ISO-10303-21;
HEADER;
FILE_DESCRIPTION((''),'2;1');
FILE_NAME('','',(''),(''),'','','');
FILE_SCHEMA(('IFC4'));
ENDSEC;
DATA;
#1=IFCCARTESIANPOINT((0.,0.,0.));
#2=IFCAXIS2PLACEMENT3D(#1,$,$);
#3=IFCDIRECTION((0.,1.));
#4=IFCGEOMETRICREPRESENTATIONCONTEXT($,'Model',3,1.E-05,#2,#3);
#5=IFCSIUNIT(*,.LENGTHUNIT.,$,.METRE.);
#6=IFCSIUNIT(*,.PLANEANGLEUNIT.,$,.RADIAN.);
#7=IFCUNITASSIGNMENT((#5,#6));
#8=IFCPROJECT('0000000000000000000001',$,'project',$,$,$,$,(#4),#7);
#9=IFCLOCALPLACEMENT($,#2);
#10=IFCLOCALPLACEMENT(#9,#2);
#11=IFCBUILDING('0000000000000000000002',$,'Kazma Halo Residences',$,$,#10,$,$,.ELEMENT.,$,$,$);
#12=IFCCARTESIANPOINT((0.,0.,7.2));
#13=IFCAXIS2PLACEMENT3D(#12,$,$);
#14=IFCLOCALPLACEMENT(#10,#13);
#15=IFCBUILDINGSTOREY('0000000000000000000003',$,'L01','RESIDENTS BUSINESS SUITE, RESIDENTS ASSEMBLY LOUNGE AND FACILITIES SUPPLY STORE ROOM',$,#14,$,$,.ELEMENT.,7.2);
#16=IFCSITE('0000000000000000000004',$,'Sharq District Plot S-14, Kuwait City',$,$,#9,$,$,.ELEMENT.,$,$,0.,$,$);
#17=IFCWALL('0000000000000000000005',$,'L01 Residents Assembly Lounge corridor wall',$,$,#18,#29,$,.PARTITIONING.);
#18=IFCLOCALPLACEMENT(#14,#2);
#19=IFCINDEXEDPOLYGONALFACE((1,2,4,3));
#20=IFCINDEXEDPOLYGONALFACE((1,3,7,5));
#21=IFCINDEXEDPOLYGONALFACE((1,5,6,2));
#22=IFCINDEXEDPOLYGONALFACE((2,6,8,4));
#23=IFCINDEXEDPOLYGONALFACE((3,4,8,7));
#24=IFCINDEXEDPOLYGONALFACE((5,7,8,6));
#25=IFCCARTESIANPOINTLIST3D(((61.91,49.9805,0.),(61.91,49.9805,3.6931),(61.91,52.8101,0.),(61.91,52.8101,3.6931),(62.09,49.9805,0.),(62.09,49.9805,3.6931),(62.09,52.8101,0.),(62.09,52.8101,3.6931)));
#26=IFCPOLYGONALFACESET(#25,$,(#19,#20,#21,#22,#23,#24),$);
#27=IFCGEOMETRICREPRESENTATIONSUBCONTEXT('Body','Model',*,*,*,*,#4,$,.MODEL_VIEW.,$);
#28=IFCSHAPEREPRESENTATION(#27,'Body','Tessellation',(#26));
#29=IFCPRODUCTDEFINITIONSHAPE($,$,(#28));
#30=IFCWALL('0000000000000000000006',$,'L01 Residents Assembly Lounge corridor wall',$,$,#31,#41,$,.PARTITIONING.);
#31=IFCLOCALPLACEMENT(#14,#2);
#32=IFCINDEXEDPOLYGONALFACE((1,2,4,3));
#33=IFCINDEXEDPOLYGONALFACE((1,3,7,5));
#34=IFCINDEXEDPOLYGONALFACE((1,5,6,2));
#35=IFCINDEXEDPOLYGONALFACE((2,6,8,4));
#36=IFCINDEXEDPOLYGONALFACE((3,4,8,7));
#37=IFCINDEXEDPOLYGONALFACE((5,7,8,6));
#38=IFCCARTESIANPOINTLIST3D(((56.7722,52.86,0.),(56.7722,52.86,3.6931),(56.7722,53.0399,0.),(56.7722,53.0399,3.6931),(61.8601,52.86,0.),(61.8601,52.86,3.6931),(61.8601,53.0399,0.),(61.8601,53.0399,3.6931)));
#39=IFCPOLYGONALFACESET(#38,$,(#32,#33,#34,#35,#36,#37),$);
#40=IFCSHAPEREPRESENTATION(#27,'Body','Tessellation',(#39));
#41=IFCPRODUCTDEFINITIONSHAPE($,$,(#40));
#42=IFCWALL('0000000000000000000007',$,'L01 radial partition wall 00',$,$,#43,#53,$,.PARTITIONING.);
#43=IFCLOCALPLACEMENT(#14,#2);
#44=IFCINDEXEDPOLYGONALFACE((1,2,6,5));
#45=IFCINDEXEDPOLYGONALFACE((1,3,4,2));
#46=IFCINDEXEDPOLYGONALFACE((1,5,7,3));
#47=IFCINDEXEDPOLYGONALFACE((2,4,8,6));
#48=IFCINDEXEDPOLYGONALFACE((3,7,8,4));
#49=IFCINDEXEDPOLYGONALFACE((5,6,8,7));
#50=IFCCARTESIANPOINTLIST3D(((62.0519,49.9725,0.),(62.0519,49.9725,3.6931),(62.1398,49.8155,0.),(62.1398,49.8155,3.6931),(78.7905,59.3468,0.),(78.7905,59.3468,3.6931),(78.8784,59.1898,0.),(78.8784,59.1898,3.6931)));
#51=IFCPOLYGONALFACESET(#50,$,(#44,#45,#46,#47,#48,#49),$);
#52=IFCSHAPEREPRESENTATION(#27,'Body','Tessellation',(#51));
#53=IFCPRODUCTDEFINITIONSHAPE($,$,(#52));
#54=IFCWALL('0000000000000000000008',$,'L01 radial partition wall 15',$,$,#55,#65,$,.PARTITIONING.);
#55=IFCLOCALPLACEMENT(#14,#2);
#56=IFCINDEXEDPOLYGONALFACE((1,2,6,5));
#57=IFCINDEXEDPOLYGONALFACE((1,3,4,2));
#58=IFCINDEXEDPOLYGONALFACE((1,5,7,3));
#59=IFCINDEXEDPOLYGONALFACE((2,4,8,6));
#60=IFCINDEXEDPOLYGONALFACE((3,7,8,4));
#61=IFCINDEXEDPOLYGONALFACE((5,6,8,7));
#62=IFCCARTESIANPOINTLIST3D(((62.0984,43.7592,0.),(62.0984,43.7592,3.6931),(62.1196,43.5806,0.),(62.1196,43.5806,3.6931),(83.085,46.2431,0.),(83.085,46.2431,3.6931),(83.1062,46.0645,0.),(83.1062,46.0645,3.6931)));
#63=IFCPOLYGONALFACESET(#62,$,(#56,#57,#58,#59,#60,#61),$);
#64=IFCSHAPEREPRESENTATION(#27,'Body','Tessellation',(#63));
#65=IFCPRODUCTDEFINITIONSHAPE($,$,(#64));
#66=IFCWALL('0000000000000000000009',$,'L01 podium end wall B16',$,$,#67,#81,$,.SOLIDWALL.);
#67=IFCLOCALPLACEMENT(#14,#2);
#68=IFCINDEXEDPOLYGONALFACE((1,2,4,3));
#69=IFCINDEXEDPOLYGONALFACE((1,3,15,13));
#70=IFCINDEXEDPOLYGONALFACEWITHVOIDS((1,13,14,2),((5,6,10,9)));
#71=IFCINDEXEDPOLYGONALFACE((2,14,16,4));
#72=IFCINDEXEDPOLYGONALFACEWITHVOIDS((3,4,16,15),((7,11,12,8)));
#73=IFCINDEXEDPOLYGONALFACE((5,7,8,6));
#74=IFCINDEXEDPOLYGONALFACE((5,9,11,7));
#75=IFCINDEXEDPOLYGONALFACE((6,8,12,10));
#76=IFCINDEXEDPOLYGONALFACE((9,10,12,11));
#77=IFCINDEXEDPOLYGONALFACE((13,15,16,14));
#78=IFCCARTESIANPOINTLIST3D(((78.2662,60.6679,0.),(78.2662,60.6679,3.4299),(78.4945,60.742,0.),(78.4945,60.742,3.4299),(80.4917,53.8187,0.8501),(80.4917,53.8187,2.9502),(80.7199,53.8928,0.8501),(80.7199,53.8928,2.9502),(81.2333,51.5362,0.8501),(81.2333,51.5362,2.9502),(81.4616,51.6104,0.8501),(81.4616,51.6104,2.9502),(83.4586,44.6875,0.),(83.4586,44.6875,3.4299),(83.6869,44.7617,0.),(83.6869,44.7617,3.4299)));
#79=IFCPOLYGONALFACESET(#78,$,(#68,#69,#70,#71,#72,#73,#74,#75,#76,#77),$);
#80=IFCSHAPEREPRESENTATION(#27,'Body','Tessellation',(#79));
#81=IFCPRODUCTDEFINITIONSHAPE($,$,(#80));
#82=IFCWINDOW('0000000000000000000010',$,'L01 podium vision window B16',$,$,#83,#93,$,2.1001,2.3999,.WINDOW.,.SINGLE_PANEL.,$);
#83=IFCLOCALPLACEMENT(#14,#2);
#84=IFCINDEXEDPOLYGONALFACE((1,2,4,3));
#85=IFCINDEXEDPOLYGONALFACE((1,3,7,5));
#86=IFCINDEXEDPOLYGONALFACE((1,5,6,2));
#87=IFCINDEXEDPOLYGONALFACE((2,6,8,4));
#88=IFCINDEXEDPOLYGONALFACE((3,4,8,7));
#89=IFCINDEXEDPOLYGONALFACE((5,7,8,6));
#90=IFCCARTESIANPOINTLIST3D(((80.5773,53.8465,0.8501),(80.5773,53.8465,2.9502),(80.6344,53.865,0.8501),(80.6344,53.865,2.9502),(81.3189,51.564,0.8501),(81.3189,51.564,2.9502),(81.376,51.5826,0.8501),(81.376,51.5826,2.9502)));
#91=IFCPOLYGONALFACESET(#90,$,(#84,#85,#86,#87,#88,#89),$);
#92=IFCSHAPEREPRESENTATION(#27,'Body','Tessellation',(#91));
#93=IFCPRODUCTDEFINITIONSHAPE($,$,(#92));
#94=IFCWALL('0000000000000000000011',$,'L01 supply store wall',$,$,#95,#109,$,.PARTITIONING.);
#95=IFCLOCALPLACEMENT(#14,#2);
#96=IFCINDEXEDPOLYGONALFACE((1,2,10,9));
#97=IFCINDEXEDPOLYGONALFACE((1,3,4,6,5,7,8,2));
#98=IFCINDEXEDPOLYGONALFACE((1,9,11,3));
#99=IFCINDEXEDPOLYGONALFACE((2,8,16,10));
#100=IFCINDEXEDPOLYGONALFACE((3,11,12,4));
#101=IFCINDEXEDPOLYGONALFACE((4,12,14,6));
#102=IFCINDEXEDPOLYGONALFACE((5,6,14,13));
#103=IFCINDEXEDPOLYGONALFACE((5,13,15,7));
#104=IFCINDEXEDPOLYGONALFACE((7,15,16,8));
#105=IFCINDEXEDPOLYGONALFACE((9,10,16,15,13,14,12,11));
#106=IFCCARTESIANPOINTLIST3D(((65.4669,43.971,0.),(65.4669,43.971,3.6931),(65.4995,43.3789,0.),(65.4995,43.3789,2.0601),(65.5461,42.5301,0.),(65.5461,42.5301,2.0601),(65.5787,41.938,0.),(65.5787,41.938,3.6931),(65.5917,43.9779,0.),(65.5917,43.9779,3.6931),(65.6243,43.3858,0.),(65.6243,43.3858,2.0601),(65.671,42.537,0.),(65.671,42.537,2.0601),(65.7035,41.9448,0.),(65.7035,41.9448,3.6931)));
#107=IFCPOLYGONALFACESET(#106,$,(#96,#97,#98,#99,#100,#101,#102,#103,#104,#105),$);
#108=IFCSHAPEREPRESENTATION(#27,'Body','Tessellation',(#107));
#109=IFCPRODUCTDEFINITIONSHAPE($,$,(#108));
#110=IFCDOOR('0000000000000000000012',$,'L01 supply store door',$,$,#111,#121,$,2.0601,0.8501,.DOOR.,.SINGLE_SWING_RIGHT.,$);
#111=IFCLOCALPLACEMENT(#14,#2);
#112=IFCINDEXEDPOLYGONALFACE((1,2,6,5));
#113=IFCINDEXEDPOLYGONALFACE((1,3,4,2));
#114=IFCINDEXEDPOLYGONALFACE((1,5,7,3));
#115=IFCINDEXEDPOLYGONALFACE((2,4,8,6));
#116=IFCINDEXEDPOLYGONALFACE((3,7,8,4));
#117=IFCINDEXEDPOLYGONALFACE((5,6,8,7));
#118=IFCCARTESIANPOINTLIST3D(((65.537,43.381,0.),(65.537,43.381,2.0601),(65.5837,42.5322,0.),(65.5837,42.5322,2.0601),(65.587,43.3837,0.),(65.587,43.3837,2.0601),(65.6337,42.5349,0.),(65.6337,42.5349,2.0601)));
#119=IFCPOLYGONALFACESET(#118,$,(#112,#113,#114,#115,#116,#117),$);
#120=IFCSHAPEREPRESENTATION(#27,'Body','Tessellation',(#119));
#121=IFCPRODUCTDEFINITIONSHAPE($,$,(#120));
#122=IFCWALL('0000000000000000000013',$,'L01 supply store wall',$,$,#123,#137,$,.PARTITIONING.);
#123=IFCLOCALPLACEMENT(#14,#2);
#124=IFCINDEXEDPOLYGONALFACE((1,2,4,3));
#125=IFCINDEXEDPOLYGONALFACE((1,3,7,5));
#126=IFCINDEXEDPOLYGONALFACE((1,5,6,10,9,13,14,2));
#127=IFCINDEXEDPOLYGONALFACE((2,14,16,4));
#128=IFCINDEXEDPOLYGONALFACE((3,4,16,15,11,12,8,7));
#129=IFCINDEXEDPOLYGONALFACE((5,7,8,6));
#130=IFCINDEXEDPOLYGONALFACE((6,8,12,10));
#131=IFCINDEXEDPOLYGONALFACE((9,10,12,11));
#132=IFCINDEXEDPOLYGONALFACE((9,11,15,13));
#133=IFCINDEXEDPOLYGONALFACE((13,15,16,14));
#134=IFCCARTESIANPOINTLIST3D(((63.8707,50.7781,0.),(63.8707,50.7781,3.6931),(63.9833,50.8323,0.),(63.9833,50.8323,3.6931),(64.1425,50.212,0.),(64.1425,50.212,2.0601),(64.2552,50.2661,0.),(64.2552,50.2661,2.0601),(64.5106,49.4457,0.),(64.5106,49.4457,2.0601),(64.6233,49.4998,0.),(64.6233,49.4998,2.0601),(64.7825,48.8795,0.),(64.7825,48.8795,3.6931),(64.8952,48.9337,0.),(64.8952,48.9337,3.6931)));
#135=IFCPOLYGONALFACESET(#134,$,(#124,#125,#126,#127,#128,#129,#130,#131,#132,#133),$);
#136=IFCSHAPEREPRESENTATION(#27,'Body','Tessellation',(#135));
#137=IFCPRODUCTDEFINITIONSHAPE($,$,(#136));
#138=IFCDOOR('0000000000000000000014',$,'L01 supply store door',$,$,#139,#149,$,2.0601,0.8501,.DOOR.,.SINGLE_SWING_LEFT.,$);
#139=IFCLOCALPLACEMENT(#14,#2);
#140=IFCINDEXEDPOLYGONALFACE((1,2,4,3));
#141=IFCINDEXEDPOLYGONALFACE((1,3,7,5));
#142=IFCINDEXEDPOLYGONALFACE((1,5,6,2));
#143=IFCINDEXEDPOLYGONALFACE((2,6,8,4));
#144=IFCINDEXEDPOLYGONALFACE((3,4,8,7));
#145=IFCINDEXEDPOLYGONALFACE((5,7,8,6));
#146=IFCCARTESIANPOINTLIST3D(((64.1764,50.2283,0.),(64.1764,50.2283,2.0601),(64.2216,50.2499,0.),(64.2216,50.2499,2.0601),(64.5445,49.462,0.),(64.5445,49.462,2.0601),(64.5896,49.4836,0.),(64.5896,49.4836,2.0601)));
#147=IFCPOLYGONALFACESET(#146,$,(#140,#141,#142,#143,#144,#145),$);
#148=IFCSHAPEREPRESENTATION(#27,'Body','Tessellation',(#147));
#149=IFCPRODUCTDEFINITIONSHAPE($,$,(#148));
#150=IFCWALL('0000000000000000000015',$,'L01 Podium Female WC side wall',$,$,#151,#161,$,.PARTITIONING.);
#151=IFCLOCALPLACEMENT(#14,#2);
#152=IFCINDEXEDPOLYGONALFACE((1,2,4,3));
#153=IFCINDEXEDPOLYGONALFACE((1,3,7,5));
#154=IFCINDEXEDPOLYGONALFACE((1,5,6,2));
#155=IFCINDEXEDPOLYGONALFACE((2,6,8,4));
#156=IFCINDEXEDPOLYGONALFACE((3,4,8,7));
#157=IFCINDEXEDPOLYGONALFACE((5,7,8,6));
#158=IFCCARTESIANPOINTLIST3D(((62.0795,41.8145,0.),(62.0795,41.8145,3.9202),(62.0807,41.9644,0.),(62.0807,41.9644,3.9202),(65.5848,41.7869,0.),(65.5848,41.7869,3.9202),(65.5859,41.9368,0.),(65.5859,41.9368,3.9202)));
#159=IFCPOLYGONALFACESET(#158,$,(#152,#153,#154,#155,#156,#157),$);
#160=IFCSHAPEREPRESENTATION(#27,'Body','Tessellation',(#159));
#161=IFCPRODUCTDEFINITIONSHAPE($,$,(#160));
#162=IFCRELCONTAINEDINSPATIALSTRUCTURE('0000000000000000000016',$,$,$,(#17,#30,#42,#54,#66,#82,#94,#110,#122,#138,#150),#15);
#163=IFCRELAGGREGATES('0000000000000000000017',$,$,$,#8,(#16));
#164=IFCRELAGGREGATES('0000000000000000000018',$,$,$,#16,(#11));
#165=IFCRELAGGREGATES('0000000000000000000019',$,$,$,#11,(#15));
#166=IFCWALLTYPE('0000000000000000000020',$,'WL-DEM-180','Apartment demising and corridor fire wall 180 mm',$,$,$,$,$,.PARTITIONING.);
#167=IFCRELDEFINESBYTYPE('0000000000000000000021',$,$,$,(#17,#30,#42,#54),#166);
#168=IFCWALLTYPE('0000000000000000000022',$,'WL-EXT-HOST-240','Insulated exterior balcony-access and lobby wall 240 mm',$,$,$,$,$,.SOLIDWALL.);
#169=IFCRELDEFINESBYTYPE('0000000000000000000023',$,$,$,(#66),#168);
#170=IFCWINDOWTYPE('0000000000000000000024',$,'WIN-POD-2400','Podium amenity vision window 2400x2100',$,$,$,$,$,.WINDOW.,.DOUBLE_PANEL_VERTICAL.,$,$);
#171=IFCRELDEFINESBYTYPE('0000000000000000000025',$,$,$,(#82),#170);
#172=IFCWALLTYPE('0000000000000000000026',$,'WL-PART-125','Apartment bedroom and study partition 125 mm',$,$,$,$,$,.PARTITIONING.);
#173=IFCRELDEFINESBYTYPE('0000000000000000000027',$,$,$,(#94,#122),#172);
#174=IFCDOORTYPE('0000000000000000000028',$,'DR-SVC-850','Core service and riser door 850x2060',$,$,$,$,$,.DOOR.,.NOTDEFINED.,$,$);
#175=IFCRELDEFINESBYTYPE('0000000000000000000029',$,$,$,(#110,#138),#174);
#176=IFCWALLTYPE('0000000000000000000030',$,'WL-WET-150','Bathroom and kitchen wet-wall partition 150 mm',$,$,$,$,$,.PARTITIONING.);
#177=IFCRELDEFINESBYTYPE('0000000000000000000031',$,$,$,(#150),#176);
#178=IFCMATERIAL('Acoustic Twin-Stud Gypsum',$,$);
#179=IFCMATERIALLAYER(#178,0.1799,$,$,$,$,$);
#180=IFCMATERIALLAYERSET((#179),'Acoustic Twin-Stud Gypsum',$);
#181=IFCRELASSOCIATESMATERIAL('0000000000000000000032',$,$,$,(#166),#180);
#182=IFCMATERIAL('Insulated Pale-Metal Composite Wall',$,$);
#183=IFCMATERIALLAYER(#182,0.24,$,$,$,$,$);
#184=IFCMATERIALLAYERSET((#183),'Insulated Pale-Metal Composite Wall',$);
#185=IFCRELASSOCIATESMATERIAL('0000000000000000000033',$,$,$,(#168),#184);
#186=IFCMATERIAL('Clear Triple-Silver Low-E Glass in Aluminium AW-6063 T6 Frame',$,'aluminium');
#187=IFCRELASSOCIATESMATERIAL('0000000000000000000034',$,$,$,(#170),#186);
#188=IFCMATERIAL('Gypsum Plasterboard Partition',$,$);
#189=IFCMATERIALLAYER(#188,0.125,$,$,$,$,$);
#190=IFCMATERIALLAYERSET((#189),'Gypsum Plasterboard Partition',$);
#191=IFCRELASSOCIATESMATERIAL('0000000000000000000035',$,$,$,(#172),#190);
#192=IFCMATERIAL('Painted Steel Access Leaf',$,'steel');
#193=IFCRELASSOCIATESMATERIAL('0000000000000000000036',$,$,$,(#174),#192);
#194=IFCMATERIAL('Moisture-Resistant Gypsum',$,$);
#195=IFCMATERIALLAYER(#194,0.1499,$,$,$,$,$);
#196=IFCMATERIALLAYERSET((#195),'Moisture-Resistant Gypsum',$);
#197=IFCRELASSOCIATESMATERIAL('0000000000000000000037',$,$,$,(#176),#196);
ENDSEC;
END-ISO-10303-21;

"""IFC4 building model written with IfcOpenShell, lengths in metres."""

from ifc_helpers import new_model, si_unit, direction, frame, frame_2d, origin, place, context, subcontext, project, spatial, rectangle, extrude, material, layer, layer_set, type_object, element, fill, save


model = new_model("IFC4")

# Units and contexts
model_context = context("Model", 3, precision=1e-05, world=origin(), true_north=direction((0.0, 1.0)))
body_context = subcontext(model_context, "Body", "Model", "MODEL_VIEW")
ifc_project = project(units=[si_unit("LENGTHUNIT", "METRE"), si_unit("PLANEANGLEUNIT", "RADIAN")], contexts=[model_context])

# Site, building, storey
site_placement = place(None, origin())
site = spatial("IfcSite", under=ifc_project, at=site_placement, Name="Sharq District Plot S-14, Kuwait City", CompositionType="ELEMENT", RefElevation=0.0)
building_placement = place(site_placement, origin())
building = spatial("IfcBuilding", under=site, at=building_placement, Name="Kazma Halo Residences", CompositionType="ELEMENT")
storey_placement = place(building_placement, frame((0.0, 0.0, 7.2)))
storey = spatial("IfcBuildingStorey", under=building, at=storey_placement, Name="L01", Description="RESIDENTS BUSINESS SUITE, RESIDENTS ASSEMBLY LOUNGE AND FACILITIES SUPPLY STORE ROOM", CompositionType="ELEMENT", Elevation=7.2)

# Walls
ifc_material_1 = material(Name="Acoustic Twin-Stud Gypsum")
ifc_layer_1 = layer(ifc_material_1, 0.1799)
ifc_layer_set_1 = layer_set([ifc_layer_1], Name="Acoustic Twin-Stud Gypsum")
wall_type_1 = type_object("IfcWallType", Name="WL-DEM-180", Description="Apartment demising and corridor fire wall 180 mm", PredefinedType="PARTITIONING", material=ifc_layer_set_1)
wall_1_placement = place(storey_placement, frame((62.0, 49.9805, 0.0), z_axis=(0.0, 0.0, 1.0), x_axis=(0.0, 1.0, 0.0)))
element("IfcWall", 1, at=wall_1_placement, inside=storey, type_object=wall_type_1, Name="L01 Residents Assembly Lounge corridor wall", PredefinedType="PARTITIONING", context=body_context, shape_type="SweptSolid", body=[
    extrude(rectangle(XDim=2.8296, YDim=0.1799, at=frame_2d((1.4148, 0.0))), origin(), (0.0, 0.0, 1.0), 3.6931),
])
wall_2_placement = place(storey_placement, frame((61.8601, 52.95, 0.0), z_axis=(0.0, 0.0, 1.0), x_axis=(-1.0, 0.0, 0.0)))
element("IfcWall", 2, at=wall_2_placement, inside=storey, type_object=wall_type_1, Name="L01 Residents Assembly Lounge corridor wall", PredefinedType="PARTITIONING", context=body_context, shape_type="SweptSolid", body=[
    extrude(rectangle(XDim=5.0879, YDim=0.1799, at=frame_2d((2.5439, 0.0))), origin(), (0.0, 0.0, 1.0), 3.6931),
])
wall_3_placement = place(storey_placement, frame((62.0959, 49.894, 0.0), z_axis=(0.0, 0.0, 1.0), x_axis=(0.872491, 0.488631, 0.0)))
element("IfcWall", 3, at=wall_3_placement, inside=storey, type_object=wall_type_1, Name="L01 radial partition wall 00", PredefinedType="PARTITIONING", context=body_context, shape_type="SweptSolid", body=[
    extrude(rectangle(XDim=19.1848, YDim=0.1799, at=frame_2d((9.5923, 0.0))), origin(), (0.0, 0.0, 1.0), 3.6931),
])
wall_4_placement = place(storey_placement, frame((62.1091, 43.6699, 0.0), z_axis=(0.0, 0.0, 1.0), x_axis=(0.993069, 0.117536, 0.0)))
element("IfcWall", 4, at=wall_4_placement, inside=storey, type_object=wall_type_1, Name="L01 radial partition wall 15", PredefinedType="PARTITIONING", context=body_context, shape_type="SweptSolid", body=[
    extrude(rectangle(XDim=21.1331, YDim=0.1799, at=frame_2d((10.5664, 0.0))), origin(), (0.0, 0.0, 1.0), 3.6931),
])

# Wall, opening, window
ifc_material_2 = material(Name="Insulated Pale-Metal Composite Wall")
ifc_layer_2 = layer(ifc_material_2, 0.24)
ifc_layer_set_2 = layer_set([ifc_layer_2], Name="Insulated Pale-Metal Composite Wall")
wall_type_2 = type_object("IfcWallType", Name="WL-EXT-HOST-240", Description="Insulated exterior balcony-access and lobby wall 240 mm", PredefinedType="SOLIDWALL", material=ifc_layer_set_2)
wall_5_placement = place(storey_placement, frame((83.5728, 44.7246, 0.0), z_axis=(0.0, 0.0, 1.0), x_axis=(-0.309022, 0.951055, 0.0)))
wall_5 = element("IfcWall", 5, at=wall_5_placement, inside=storey, type_object=wall_type_2, Name="L01 podium end wall B16", PredefinedType="SOLIDWALL", context=body_context, shape_type="SweptSolid", body=[
    extrude(rectangle(XDim=16.8027, YDim=0.24, at=frame_2d((8.4014, 0.0))), origin(), (0.0, 0.0, 1.0), 3.4299),
])
opening_1_placement = place(wall_5_placement, frame((7.2012, 0.0, 0.8501)))
opening_1 = element("IfcOpeningElement", 6, at=opening_1_placement, cuts=wall_5, PredefinedType="OPENING", context=body_context, shape_type="SweptSolid", body=[
    extrude(rectangle(XDim=2.3999, YDim=2.1001, at=frame_2d((1.2, 1.05))), frame((0.0, 0.1299, 0.0), z_axis=(0.0, -1.0, 0.0), x_axis=(1.0, 0.0, 0.0)), (0.0, 0.0, 1.0), 0.26),
])
ifc_material_3 = material(Name="Clear Triple-Silver Low-E Glass in Aluminium AW-6063 T6 Frame", Category="aluminium")
window_type = type_object("IfcWindowType", Name="WIN-POD-2400", Description="Podium amenity vision window 2400x2100", PartitioningType="DOUBLE_PANEL_VERTICAL", PredefinedType="WINDOW", material=ifc_material_3)
window_placement = place(opening_1_placement, origin())
window = element("IfcWindow", 7, at=window_placement, inside=storey, type_object=window_type, Name="L01 podium vision window B16", OverallHeight=2.1001, OverallWidth=2.3999, PartitioningType="SINGLE_PANEL", PredefinedType="WINDOW", context=body_context, shape_type="SweptSolid", body=[
    extrude(rectangle(XDim=2.3999, YDim=2.1001, at=frame_2d((1.2, 1.05))), frame((0.0, 0.03, 0.0), z_axis=(0.0, -1.0, 0.0), x_axis=(1.0, 0.0, 0.0)), (0.0, 0.0, 1.0), 0.0601),
])
fill(opening_1, window)

# Walls, openings, doors
ifc_material_4 = material(Name="Gypsum Plasterboard Partition")
ifc_layer_3 = layer(ifc_material_4, 0.125)
ifc_layer_set_3 = layer_set([ifc_layer_3], Name="Gypsum Plasterboard Partition")
wall_type_3 = type_object("IfcWallType", Name="WL-PART-125", Description="Apartment bedroom and study partition 125 mm", PredefinedType="PARTITIONING", material=ifc_layer_set_3)
wall_6_placement = place(storey_placement, frame((65.6411, 41.9414, 0.0), z_axis=(0.0, 0.0, 1.0), x_axis=(-0.054919, 0.998491, 0.0)))
wall_6 = element("IfcWall", 8, at=wall_6_placement, inside=storey, type_object=wall_type_3, Name="L01 supply store wall", PredefinedType="PARTITIONING", context=body_context, shape_type="SweptSolid", body=[
    extrude(rectangle(XDim=2.0361, YDim=0.125, at=frame_2d((1.0181, 0.0))), origin(), (0.0, 0.0, 1.0), 3.6931),
])
opening_2_placement = place(wall_6_placement, frame((0.593, 0.0, 0.0)))
opening_2 = element("IfcOpeningElement", 9, at=opening_2_placement, cuts=wall_6, PredefinedType="OPENING", context=body_context, shape_type="SweptSolid", body=[
    extrude(rectangle(XDim=0.8501, YDim=2.0601, at=frame_2d((0.425, 1.03))), frame((0.0, 0.0725, 0.0), z_axis=(0.0, -1.0, 0.0), x_axis=(1.0, 0.0, 0.0)), (0.0, 0.0, 1.0), 0.145),
])
ifc_material_5 = material(Name="Painted Steel Access Leaf", Category="steel")
door_type_1 = type_object("IfcDoorType", Name="DR-SVC-850", Description="Core service and riser door 850x2060", OperationType="NOTDEFINED", PredefinedType="DOOR", material=ifc_material_5)
door_1_placement = place(opening_2_placement, origin())
door_1 = element("IfcDoor", 10, at=door_1_placement, inside=storey, type_object=door_type_1, Name="L01 supply store door", OperationType="SINGLE_SWING_RIGHT", OverallHeight=2.0601, OverallWidth=0.8501, PredefinedType="DOOR", context=body_context, shape_type="SweptSolid", body=[
    extrude(rectangle(XDim=0.8501, YDim=2.0601, at=frame_2d((0.425, 1.03))), frame((0.0, 0.0249, 0.0), z_axis=(0.0, -1.0, 0.0), x_axis=(1.0, 0.0, 0.0)), (0.0, 0.0, 1.0), 0.05),
])
fill(opening_2, door_1)
wall_7_placement = place(storey_placement, frame((64.8389, 48.9065, 0.0), z_axis=(0.0, 0.0, 1.0), x_axis=(-0.432923, 0.901431, 0.0)))
wall_7 = element("IfcWall", 11, at=wall_7_placement, inside=storey, type_object=wall_type_3, Name="L01 supply store wall", PredefinedType="PARTITIONING", context=body_context, shape_type="SweptSolid", body=[
    extrude(rectangle(XDim=2.1062, YDim=0.125, at=frame_2d((1.0532, 0.0))), origin(), (0.0, 0.0, 1.0), 3.6931),
])
opening_3_placement = place(wall_7_placement, frame((0.6282, 0.0, 0.0)))
opening_3 = element("IfcOpeningElement", 12, at=opening_3_placement, cuts=wall_7, PredefinedType="OPENING", context=body_context, shape_type="SweptSolid", body=[
    extrude(rectangle(XDim=0.8501, YDim=2.0601, at=frame_2d((0.425, 1.03))), frame((0.0, 0.0725, 0.0), z_axis=(0.0, -1.0, 0.0), x_axis=(1.0, 0.0, 0.0)), (0.0, 0.0, 1.0), 0.145),
])
door_2_placement = place(opening_3_placement, origin())
door_2 = element("IfcDoor", 13, at=door_2_placement, inside=storey, type_object=door_type_1, Name="L01 supply store door", OperationType="SINGLE_SWING_LEFT", OverallHeight=2.0601, OverallWidth=0.8501, PredefinedType="DOOR", context=body_context, shape_type="SweptSolid", body=[
    extrude(rectangle(XDim=0.8501, YDim=2.0601, at=frame_2d((0.425, 1.03))), frame((0.0, 0.0249, 0.0), z_axis=(0.0, -1.0, 0.0), x_axis=(1.0, 0.0, 0.0)), (0.0, 0.0, 1.0), 0.05),
])
fill(opening_3, door_2)

# Wall
ifc_material_6 = material(Name="Moisture-Resistant Gypsum")
ifc_layer_4 = layer(ifc_material_6, 0.1499)
ifc_layer_set_4 = layer_set([ifc_layer_4], Name="Moisture-Resistant Gypsum")
wall_type_4 = type_object("IfcWallType", Name="WL-WET-150", Description="Bathroom and kitchen wet-wall partition 150 mm", PredefinedType="PARTITIONING", material=ifc_layer_set_4)
wall_8_placement = place(storey_placement, frame((62.0801, 41.8894, 0.0), z_axis=(0.0, 0.0, 1.0), x_axis=(0.999969, -0.00787, 0.0)))
element("IfcWall", 14, at=wall_8_placement, inside=storey, type_object=wall_type_4, Name="L01 Podium Female WC side wall", PredefinedType="PARTITIONING", context=body_context, shape_type="SweptSolid", body=[
    extrude(rectangle(XDim=3.5054, YDim=0.1499, at=frame_2d((1.7527, 0.0))), origin(), (0.0, 0.0, 1.0), 3.9202),
])

save(model, "model.ifc")
